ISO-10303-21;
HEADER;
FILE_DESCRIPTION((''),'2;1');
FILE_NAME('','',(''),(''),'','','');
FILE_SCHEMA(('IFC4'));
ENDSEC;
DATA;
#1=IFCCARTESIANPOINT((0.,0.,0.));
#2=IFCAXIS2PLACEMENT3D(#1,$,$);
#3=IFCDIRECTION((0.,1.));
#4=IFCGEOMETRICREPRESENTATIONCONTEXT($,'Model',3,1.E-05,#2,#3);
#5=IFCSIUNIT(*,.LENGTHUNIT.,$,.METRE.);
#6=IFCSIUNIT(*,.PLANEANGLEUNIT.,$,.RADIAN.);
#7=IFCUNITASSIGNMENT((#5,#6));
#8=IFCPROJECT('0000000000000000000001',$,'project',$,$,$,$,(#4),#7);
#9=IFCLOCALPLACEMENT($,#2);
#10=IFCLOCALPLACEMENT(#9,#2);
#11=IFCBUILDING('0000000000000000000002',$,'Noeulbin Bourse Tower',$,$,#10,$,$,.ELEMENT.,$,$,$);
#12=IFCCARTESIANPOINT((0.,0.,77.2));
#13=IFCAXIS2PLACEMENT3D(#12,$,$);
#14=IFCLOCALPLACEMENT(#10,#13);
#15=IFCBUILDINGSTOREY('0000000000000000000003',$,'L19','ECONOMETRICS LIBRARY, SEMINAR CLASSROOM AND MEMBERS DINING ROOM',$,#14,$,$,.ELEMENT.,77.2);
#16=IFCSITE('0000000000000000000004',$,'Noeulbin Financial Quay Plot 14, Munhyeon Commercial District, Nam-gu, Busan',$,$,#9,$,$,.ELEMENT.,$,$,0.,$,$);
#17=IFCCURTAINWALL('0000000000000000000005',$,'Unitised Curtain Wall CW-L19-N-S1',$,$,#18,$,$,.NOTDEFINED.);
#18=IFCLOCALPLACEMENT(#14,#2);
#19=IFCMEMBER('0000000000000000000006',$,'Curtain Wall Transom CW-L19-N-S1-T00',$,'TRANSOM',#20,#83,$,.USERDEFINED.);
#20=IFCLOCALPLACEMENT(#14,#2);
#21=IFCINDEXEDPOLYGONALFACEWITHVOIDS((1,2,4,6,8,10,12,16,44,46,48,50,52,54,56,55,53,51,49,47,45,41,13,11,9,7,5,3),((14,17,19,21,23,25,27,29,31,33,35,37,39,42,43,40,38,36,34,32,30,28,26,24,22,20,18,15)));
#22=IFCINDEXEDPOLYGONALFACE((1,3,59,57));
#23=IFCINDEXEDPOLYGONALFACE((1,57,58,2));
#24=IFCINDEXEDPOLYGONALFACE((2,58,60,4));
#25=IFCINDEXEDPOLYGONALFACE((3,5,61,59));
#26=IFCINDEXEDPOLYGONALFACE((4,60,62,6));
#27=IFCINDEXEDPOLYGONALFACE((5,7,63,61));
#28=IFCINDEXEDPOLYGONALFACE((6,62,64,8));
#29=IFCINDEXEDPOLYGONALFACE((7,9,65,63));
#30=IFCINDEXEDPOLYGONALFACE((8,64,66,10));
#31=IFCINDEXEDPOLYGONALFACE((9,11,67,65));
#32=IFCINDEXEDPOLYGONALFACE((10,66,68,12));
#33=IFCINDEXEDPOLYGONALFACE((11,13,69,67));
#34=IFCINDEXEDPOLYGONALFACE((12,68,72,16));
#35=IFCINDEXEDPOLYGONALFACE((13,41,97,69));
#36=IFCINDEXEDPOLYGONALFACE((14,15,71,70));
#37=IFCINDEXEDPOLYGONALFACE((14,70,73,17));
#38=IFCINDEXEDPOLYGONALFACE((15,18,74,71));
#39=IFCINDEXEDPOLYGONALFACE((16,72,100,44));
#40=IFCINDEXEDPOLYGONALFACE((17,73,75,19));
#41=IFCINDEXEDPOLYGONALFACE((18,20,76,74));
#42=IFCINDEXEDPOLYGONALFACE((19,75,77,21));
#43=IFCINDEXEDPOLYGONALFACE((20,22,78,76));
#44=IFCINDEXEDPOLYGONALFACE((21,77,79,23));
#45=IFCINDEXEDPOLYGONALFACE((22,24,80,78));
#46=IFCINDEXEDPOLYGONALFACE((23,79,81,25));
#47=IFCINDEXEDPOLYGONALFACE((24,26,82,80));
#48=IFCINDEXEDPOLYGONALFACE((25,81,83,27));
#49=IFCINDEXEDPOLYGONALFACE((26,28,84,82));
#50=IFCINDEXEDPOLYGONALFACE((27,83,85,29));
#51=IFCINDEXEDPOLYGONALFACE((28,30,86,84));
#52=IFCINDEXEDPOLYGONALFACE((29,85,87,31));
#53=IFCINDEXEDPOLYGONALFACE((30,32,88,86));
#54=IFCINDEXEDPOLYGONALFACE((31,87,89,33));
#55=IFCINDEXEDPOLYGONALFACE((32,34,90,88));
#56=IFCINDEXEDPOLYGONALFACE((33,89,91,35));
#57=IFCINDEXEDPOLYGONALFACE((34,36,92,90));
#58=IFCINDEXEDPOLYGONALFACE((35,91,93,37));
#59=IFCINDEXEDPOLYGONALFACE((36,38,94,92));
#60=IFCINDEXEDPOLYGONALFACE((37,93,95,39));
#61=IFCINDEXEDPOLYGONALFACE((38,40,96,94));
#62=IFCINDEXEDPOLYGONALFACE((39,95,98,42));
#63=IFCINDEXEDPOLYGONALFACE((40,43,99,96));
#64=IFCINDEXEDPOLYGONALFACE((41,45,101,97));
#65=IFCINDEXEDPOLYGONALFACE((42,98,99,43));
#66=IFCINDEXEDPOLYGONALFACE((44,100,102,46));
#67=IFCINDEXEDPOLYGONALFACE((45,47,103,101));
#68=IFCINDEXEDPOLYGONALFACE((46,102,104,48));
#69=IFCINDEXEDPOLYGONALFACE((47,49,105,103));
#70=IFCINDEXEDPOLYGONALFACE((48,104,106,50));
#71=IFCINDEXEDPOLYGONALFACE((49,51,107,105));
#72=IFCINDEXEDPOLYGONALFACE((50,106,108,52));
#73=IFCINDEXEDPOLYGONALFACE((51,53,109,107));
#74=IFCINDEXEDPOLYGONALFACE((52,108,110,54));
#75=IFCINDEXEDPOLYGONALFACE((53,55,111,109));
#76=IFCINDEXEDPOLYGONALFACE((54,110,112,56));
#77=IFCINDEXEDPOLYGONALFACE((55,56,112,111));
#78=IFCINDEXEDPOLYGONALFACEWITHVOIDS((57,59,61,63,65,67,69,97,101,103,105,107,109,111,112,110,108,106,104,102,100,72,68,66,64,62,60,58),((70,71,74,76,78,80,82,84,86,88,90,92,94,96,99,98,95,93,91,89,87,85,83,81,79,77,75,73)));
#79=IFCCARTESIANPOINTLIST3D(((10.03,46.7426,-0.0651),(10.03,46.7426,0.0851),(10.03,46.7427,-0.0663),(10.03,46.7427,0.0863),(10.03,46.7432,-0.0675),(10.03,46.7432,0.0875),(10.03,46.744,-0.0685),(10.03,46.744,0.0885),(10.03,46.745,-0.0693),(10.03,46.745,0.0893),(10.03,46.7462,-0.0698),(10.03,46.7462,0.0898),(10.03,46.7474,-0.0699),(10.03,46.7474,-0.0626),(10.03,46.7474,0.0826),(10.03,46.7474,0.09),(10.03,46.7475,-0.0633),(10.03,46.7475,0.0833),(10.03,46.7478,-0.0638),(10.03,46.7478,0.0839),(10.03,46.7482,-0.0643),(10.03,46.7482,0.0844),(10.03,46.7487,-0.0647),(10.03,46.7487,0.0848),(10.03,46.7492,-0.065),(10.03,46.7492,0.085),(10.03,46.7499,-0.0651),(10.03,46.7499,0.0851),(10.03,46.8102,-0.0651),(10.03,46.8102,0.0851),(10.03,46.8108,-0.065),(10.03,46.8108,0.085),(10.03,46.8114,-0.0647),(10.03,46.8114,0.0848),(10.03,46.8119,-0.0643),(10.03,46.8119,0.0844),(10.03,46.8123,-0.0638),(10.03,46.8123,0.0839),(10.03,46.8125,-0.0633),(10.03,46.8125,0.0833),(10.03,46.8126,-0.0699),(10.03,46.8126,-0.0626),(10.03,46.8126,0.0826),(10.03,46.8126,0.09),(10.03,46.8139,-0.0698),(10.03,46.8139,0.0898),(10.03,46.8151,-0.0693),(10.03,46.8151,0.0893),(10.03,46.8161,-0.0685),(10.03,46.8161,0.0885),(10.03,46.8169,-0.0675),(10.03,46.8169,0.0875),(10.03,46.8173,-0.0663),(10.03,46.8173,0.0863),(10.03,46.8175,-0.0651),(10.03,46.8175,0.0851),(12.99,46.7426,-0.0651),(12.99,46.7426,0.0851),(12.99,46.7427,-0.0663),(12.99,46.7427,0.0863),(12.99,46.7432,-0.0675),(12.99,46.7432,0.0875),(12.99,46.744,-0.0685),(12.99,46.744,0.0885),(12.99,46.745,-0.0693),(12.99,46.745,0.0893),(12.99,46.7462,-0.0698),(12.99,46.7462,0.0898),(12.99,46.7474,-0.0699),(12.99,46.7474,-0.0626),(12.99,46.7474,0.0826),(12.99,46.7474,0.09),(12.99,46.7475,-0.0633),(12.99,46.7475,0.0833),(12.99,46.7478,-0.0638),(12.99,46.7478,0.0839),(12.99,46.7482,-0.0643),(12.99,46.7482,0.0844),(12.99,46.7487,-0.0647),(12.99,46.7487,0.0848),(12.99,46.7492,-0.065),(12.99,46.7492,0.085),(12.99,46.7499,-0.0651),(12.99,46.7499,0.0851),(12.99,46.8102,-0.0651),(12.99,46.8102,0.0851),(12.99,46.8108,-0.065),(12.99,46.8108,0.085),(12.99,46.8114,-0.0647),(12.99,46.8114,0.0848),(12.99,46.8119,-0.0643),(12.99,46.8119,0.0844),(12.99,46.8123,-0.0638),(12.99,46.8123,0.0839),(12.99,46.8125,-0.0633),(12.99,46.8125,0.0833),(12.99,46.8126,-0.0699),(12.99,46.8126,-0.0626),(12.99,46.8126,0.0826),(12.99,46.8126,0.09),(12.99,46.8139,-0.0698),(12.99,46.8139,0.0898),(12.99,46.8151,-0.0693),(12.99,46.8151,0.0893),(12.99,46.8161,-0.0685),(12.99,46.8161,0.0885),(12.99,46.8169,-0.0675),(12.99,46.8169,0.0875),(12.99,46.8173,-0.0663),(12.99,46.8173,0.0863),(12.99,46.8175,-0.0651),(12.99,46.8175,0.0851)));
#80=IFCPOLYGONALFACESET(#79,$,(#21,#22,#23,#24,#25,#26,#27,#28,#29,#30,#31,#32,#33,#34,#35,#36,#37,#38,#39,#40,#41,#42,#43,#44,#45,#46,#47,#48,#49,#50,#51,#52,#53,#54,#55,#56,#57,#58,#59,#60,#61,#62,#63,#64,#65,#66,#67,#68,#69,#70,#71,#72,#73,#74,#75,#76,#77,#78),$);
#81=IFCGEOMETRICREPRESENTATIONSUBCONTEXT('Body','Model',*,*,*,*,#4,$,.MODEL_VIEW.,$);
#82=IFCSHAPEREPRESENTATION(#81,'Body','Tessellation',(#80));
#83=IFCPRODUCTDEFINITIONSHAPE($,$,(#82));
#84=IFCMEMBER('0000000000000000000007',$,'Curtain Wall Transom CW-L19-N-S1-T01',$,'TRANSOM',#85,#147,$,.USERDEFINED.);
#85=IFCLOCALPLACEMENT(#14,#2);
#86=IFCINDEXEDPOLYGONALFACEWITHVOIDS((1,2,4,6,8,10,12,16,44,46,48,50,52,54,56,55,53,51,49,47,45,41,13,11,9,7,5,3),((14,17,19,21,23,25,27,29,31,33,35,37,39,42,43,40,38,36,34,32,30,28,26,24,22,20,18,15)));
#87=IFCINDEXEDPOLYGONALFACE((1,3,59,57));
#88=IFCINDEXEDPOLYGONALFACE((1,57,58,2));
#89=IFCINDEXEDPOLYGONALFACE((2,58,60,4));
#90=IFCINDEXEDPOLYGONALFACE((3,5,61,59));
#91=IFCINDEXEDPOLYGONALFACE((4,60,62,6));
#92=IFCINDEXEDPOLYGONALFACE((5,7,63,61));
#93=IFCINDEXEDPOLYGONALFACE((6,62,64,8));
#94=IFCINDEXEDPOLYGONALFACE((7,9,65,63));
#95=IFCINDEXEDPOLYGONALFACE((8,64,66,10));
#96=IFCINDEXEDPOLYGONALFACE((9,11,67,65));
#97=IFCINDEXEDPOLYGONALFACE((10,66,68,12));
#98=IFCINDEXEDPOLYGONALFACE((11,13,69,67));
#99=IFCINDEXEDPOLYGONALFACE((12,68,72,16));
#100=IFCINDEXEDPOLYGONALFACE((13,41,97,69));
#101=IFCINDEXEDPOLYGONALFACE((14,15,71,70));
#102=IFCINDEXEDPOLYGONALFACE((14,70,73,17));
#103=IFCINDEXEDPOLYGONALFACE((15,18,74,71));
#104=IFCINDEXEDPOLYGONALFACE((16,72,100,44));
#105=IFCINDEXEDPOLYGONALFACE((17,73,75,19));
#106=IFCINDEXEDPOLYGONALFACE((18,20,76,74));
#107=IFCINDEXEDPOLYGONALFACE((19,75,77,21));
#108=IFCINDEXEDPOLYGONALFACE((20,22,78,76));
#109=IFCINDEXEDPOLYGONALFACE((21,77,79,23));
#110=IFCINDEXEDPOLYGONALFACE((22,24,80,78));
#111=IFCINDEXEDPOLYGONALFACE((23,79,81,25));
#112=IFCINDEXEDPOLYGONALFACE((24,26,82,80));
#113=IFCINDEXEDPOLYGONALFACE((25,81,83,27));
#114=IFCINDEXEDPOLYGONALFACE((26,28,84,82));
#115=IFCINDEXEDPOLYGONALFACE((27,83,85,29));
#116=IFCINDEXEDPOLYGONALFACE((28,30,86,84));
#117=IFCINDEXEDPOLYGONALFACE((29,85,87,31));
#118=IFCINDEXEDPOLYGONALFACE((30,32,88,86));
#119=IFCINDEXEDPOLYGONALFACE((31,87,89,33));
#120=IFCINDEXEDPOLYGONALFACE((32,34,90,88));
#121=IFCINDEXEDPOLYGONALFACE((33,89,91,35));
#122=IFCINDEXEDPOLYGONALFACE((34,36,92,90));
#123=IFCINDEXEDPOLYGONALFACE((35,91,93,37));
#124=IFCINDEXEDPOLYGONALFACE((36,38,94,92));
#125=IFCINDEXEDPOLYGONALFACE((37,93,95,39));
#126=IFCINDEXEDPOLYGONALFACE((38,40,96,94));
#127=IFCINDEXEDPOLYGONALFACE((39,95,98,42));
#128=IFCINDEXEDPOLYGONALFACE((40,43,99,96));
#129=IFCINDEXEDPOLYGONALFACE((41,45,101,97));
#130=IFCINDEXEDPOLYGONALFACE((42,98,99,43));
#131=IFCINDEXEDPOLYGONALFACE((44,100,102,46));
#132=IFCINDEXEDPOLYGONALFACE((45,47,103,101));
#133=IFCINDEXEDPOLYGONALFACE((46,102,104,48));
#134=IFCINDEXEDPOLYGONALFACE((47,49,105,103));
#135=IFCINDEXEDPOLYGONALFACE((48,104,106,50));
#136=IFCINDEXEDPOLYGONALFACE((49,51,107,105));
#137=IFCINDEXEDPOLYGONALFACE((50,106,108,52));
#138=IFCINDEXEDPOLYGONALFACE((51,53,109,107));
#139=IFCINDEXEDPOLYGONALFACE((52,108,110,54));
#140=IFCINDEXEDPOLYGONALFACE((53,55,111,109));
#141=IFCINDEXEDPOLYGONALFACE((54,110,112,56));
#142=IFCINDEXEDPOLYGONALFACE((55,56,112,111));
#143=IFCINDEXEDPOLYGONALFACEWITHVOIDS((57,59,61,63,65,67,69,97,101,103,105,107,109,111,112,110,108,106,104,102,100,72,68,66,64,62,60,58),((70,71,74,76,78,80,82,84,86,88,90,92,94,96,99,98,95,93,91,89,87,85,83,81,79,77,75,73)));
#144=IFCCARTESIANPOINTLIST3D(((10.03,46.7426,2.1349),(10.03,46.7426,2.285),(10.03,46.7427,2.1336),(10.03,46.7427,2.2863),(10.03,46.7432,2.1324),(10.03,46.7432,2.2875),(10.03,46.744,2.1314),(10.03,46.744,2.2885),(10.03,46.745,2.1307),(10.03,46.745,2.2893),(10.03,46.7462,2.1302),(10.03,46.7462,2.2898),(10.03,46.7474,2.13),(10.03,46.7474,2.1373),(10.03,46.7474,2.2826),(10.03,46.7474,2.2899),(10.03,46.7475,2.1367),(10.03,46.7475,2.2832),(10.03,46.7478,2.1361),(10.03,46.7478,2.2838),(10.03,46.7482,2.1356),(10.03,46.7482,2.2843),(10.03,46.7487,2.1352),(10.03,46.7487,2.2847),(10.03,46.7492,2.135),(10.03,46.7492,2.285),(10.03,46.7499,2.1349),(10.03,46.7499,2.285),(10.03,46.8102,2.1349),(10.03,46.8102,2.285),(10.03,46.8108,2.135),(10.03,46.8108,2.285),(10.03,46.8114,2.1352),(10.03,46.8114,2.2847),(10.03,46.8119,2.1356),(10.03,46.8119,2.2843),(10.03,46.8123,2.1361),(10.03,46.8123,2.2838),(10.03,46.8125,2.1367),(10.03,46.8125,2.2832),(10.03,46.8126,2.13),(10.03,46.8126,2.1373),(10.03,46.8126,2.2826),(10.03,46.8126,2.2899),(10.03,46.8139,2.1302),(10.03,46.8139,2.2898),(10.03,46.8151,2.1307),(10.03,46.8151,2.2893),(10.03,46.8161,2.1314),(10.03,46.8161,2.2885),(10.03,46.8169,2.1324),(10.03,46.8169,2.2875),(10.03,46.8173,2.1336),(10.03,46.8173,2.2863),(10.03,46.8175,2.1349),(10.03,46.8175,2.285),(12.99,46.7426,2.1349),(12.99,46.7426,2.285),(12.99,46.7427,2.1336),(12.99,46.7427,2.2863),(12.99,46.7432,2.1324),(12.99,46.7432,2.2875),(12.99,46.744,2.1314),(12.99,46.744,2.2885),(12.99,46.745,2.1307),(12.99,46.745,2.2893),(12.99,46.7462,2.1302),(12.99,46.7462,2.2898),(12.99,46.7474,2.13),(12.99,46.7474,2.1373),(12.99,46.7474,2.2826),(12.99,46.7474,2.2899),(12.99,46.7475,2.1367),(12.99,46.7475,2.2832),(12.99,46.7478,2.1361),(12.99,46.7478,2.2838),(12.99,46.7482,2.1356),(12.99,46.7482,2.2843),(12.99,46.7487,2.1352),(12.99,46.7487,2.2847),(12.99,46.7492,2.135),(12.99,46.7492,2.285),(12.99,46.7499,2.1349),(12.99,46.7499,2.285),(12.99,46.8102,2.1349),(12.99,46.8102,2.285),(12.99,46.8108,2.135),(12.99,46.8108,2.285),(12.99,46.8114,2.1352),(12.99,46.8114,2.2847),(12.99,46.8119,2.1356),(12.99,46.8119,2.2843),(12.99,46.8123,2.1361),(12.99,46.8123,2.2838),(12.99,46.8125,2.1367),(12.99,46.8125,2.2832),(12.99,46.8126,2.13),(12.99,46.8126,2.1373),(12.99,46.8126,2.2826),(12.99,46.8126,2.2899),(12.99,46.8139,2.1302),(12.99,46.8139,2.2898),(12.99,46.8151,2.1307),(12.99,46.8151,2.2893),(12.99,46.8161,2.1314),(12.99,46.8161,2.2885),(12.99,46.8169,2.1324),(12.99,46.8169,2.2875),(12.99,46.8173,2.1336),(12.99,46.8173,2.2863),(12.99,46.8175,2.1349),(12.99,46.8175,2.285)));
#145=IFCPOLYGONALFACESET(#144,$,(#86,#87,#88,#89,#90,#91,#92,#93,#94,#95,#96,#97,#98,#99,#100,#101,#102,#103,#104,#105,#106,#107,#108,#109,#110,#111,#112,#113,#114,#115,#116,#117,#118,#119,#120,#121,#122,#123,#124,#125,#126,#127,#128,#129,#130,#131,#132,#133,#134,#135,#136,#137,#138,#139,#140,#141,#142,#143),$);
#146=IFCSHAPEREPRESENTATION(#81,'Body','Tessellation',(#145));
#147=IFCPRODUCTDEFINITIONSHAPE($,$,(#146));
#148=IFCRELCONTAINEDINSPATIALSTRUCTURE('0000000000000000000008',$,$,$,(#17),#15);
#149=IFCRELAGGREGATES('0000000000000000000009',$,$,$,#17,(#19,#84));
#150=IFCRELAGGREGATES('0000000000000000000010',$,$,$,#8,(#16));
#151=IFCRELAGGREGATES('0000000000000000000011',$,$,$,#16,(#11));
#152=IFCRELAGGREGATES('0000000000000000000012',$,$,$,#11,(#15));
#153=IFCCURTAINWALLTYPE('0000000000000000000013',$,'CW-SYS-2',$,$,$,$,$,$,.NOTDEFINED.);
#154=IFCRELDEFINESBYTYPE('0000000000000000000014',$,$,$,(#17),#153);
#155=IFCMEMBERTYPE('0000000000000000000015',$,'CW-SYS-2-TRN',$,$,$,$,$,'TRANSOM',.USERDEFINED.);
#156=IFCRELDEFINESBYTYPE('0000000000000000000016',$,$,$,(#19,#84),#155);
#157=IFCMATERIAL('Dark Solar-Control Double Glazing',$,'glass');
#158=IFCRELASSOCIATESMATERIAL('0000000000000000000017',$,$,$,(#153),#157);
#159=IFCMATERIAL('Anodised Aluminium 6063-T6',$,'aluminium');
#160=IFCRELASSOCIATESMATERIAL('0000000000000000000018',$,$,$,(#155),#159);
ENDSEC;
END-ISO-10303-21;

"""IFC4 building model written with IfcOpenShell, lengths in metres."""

from ifc_helpers import new_model, si_unit, direction, frame, origin, origin_2d, place, context, subcontext, project, spatial, hollow_rectangle, extrude, material, material_profile, profile_set, type_object, element, aggregate, save


model = new_model("IFC4")

# Units and contexts
model_context = context("Model", 3, precision=1e-05, world=origin(), true_north=direction((0.0, 1.0)))
body_context = subcontext(model_context, "Body", "Model", "MODEL_VIEW")
ifc_project = project(units=[si_unit("LENGTHUNIT", "METRE"), si_unit("PLANEANGLEUNIT", "RADIAN")], contexts=[model_context])

# Site, building, storey
site_placement = place(None, origin())
site = spatial("IfcSite", under=ifc_project, at=site_placement, Name="Noeulbin Financial Quay Plot 14, Munhyeon Commercial District, Nam-gu, Busan", CompositionType="ELEMENT", RefElevation=0.0)
building_placement = place(site_placement, origin())
building = spatial("IfcBuilding", under=site, at=building_placement, Name="Noeulbin Bourse Tower", CompositionType="ELEMENT")
storey_placement = place(building_placement, frame((0.0, 0.0, 77.2)))
storey = spatial("IfcBuildingStorey", under=building, at=storey_placement, Name="L19", Description="ECONOMETRICS LIBRARY, SEMINAR CLASSROOM AND MEMBERS DINING ROOM", CompositionType="ELEMENT", Elevation=77.2)

# Curtain wall
ifc_material_1 = material(Name="Dark Solar-Control Double Glazing", Category="glass")
curtain_wall_type = type_object("IfcCurtainWallType", Name="CW-SYS-2", PredefinedType="NOTDEFINED", material=ifc_material_1)
curtain_wall_1_placement = place(storey_placement, origin())
curtain_wall_1 = element("IfcCurtainWall", 1, at=curtain_wall_1_placement, inside=storey, type_object=curtain_wall_type, Name="Unitised Curtain Wall CW-L19-N-S1", PredefinedType="NOTDEFINED")
ifc_material_2 = material(Name="Anodised Aluminium 6063-T6", Category="aluminium")

# Members
ifc_material_profile_1 = material_profile(ifc_material_2, hollow_rectangle(XDim=0.075, YDim=0.1599, WallThickness=0.0049, InnerFilletRadius=0.0024, OuterFilletRadius=0.0049, at=origin_2d()), Name="ALU-TRAN-75x160x5", Category="LoadBearing")
ifc_profile_set_1 = profile_set([ifc_material_profile_1], Name="Anodised Aluminium 6063-T6")
member_type_1 = type_object("IfcMemberType", Name="CW-SYS-2-TRN", ElementType="TRANSOM", PredefinedType="USERDEFINED", material=ifc_profile_set_1)
member_1_placement = place(storey_placement, frame((10.03, 46.78, 0.01), z_axis=(1.0, 0.0, 0.0), x_axis=(0.0, 1.0, 0.0)))
member_1 = element("IfcMember", 2, at=member_1_placement, type_object=member_type_1, Name="Curtain Wall Transom CW-L19-N-S1-T00", ObjectType="TRANSOM", PredefinedType="USERDEFINED", context=body_context, shape_type="SweptSolid", body=[
    extrude(hollow_rectangle(XDim=0.075, YDim=0.1599, WallThickness=0.0049, InnerFilletRadius=0.0024, OuterFilletRadius=0.0049, at=origin_2d()), origin(), (0.0, 0.0, 1.0), 2.96),
])
member_2_placement = place(storey_placement, frame((10.03, 46.78, 2.21), z_axis=(1.0, 0.0, 0.0), x_axis=(0.0, 1.0, 0.0)))
member_2 = element("IfcMember", 3, at=member_2_placement, type_object=member_type_1, Name="Curtain Wall Transom CW-L19-N-S1-T01", ObjectType="TRANSOM", PredefinedType="USERDEFINED", context=body_context, shape_type="SweptSolid", body=[
    extrude(hollow_rectangle(XDim=0.075, YDim=0.1599, WallThickness=0.0049, InnerFilletRadius=0.0024, OuterFilletRadius=0.0049, at=origin_2d()), origin(), (0.0, 0.0, 1.0), 2.96),
])

aggregate(curtain_wall_1, [member_1, member_2])

save(model, "model.ifc")
